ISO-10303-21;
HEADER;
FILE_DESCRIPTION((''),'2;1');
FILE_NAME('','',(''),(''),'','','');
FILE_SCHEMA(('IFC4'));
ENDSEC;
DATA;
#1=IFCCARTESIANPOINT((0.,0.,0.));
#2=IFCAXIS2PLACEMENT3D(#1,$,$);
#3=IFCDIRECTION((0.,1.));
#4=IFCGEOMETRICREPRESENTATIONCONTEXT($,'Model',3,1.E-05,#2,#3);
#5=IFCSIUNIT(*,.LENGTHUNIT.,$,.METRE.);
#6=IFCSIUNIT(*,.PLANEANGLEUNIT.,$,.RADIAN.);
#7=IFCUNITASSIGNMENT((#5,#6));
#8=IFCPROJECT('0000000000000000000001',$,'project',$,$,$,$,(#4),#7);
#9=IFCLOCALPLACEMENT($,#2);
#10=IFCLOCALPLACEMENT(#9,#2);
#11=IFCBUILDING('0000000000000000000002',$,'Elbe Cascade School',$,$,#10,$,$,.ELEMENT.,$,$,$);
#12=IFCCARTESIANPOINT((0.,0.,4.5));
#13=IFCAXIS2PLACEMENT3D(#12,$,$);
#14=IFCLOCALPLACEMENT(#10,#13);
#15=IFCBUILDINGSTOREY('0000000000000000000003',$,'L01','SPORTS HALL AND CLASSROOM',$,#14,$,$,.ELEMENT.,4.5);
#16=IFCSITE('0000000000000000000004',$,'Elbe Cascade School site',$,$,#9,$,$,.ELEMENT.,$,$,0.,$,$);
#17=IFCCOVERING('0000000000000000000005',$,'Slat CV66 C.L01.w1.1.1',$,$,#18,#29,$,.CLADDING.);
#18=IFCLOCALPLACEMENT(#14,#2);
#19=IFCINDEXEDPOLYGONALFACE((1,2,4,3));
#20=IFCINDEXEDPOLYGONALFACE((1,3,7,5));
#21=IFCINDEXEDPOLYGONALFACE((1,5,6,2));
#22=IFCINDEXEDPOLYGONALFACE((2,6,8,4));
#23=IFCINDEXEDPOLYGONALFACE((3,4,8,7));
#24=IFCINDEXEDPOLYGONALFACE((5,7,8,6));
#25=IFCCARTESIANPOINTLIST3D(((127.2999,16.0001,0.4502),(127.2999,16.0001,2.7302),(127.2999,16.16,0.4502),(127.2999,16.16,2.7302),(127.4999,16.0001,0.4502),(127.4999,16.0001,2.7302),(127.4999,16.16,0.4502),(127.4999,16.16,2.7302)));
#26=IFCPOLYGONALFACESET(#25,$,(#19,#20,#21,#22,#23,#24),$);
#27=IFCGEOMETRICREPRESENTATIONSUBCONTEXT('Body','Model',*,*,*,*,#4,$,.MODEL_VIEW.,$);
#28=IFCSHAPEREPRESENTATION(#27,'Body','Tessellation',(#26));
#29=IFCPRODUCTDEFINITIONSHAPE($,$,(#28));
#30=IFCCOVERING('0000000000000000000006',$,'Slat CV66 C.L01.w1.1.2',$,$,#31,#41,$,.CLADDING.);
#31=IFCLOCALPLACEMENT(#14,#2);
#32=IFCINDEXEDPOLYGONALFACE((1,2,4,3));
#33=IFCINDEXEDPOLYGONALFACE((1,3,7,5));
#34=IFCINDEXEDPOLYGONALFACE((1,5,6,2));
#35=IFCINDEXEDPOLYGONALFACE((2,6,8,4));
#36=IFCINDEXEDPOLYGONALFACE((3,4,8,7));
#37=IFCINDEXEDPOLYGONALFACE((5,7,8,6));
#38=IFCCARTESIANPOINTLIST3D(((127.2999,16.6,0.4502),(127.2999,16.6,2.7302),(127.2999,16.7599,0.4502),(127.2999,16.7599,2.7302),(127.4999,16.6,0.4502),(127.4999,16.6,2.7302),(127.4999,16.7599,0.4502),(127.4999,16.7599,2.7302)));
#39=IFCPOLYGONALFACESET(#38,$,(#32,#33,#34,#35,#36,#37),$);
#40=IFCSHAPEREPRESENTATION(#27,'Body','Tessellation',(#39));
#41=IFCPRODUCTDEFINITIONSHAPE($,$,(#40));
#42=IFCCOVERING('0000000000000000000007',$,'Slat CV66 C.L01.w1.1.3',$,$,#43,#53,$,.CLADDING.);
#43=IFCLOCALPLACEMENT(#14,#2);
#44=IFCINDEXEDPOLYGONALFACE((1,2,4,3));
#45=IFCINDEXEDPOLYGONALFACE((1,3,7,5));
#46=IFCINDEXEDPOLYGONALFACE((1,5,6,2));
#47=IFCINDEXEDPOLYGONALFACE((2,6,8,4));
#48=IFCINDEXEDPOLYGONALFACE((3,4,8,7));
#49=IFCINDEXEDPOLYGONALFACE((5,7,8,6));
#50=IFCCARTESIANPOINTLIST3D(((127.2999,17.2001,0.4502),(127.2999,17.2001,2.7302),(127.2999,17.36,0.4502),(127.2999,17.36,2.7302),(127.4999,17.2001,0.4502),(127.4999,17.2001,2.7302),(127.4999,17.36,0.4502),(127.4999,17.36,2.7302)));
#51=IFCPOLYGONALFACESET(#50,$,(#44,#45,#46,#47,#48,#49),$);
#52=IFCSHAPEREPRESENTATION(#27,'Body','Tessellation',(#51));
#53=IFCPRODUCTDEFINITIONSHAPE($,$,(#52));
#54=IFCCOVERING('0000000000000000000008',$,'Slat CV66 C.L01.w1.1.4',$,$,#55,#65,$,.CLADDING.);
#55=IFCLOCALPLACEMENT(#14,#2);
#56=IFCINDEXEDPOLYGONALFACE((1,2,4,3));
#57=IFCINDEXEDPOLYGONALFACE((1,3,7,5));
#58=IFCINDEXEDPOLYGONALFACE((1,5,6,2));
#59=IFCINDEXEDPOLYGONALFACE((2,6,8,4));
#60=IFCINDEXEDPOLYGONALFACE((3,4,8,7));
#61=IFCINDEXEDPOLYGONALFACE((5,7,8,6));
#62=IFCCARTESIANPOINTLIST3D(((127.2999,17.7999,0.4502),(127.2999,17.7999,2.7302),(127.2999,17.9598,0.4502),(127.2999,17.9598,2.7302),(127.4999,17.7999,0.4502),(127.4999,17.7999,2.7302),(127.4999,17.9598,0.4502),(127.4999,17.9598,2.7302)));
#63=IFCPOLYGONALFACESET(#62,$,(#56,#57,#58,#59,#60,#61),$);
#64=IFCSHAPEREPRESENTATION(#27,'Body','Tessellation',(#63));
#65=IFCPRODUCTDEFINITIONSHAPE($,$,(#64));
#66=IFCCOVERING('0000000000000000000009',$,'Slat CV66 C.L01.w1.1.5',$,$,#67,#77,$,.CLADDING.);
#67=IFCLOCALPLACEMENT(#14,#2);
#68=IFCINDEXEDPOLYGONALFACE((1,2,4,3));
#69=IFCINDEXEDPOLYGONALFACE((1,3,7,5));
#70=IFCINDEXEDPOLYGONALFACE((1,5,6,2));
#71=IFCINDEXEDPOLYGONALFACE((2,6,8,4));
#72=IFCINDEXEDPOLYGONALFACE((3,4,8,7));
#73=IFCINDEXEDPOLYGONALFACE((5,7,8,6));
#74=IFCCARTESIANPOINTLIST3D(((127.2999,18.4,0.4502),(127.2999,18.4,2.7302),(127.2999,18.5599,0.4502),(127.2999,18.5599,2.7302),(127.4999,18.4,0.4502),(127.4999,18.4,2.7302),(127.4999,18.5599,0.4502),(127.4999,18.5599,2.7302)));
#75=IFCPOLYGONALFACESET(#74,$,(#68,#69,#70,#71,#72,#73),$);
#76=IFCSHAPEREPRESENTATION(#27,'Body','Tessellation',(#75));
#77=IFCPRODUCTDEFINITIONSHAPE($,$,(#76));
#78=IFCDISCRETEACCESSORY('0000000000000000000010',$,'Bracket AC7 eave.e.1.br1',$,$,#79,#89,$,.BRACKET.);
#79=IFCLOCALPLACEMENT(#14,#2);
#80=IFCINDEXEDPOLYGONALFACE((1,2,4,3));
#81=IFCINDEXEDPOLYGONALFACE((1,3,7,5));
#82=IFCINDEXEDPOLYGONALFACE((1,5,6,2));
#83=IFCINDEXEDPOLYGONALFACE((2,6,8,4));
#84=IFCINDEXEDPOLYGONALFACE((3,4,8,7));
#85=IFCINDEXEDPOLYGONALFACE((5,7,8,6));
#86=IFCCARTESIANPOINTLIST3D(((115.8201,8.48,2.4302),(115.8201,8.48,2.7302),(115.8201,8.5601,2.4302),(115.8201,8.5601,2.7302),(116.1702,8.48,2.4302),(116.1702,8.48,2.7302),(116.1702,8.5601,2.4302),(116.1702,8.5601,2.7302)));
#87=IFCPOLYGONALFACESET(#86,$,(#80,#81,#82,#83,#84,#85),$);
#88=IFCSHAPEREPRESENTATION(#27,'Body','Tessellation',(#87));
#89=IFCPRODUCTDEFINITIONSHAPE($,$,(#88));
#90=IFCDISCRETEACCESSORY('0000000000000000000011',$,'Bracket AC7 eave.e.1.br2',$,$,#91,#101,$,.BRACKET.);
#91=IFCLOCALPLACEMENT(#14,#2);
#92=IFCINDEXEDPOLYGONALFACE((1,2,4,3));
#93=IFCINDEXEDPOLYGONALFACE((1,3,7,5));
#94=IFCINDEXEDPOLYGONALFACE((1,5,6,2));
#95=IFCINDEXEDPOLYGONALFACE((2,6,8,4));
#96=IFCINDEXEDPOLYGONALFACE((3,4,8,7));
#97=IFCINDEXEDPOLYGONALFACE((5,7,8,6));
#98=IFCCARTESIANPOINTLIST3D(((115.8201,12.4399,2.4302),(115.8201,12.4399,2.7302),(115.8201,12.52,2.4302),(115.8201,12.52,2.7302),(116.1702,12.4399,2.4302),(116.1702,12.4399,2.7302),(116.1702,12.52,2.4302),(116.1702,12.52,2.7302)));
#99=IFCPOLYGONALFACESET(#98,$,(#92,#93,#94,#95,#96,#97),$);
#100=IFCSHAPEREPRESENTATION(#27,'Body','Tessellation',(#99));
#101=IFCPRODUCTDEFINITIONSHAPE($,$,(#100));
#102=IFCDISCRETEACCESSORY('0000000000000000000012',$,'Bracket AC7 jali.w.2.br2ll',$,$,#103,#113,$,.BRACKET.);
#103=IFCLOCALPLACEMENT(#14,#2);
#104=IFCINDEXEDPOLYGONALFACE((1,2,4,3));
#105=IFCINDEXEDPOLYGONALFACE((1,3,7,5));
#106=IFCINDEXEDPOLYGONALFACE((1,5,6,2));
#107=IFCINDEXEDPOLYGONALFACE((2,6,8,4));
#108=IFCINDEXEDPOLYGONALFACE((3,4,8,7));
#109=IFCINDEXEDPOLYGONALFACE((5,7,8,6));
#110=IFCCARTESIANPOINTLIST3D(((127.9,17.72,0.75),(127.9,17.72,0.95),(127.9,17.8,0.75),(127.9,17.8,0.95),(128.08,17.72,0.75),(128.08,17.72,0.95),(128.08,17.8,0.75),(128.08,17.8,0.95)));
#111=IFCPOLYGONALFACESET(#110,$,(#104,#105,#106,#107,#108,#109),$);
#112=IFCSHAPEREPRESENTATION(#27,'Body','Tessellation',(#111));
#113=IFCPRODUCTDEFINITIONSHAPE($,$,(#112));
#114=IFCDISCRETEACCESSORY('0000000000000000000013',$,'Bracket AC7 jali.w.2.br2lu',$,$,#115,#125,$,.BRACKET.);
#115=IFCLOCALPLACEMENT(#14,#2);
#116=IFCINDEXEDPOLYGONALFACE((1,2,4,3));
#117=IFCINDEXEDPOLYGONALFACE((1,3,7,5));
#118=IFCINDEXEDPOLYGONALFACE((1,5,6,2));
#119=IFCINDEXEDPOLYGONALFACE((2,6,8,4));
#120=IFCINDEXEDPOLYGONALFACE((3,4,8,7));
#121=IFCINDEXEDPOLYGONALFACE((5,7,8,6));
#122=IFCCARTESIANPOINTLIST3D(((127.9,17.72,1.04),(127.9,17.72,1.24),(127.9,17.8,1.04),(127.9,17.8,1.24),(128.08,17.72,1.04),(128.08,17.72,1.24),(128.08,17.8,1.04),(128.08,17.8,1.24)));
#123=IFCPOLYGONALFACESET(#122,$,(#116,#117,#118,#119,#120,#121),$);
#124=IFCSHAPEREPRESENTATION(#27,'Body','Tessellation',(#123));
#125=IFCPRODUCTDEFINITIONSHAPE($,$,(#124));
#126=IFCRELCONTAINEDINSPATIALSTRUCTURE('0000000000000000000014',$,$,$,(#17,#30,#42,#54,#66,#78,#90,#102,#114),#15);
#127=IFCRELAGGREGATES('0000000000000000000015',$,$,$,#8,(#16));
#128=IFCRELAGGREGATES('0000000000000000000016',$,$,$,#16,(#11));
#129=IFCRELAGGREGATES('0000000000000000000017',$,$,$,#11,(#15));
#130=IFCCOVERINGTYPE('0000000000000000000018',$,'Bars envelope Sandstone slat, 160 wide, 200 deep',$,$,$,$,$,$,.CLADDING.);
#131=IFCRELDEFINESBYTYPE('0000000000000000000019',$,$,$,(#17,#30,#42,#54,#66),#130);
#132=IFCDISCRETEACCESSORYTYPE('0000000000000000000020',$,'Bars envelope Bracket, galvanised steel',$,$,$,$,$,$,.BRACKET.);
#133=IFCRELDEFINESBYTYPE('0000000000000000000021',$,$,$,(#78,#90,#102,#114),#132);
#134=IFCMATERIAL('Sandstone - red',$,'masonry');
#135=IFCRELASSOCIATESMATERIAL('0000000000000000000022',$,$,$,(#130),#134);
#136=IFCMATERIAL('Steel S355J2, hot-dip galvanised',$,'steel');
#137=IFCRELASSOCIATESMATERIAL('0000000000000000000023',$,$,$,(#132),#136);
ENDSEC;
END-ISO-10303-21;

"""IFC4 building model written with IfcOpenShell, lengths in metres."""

from ifc_helpers import new_model, si_unit, direction, frame, origin, origin_2d, place, context, subcontext, project, spatial, rectangle, extrude, material, type_object, element, save


model = new_model("IFC4")

# Units and contexts
model_context = context("Model", 3, precision=1e-05, world=origin(), true_north=direction((0.0, 1.0)))
body_context = subcontext(model_context, "Body", "Model", "MODEL_VIEW")
ifc_project = project(units=[si_unit("LENGTHUNIT", "METRE"), si_unit("PLANEANGLEUNIT", "RADIAN")], contexts=[model_context])

# Site, building, storey
site_placement = place(None, origin())
site = spatial("IfcSite", under=ifc_project, at=site_placement, Name="Elbe Cascade School site", CompositionType="ELEMENT", RefElevation=0.0)
building_placement = place(site_placement, origin())
building = spatial("IfcBuilding", under=site, at=building_placement, Name="Elbe Cascade School", CompositionType="ELEMENT")
storey_placement = place(building_placement, frame((0.0, 0.0, 4.5)))
storey = spatial("IfcBuildingStorey", under=building, at=storey_placement, Name="L01", Description="SPORTS HALL AND CLASSROOM", CompositionType="ELEMENT", Elevation=4.5)

# Coverings
ifc_material_1 = material(Name="Sandstone - red", Category="masonry")
covering_type_1 = type_object("IfcCoveringType", Name="Bars envelope Sandstone slat, 160 wide, 200 deep", PredefinedType="CLADDING", material=ifc_material_1)
for number, where, z_axis, x_axis, name in (
    (1, (127.3999, 16.0801, 0.4502), (0.0, 0.0, 1.0), (0.0, 1.0, 0.0), "Slat CV66 C.L01.w1.1.1"),
    (2, (127.3999, 16.6799, 0.4502), (0.0, 0.0, 1.0), (0.0, 1.0, 0.0), "Slat CV66 C.L01.w1.1.2"),
    (3, (127.3999, 17.28, 0.4502), (0.0, 0.0, 1.0), (0.0, 1.0, 0.0), "Slat CV66 C.L01.w1.1.3"),
    (4, (127.3999, 17.8799, 0.4502), (0.0, 0.0, 1.0), (0.0, 1.0, 0.0), "Slat CV66 C.L01.w1.1.4"),
    (5, (127.3999, 18.48, 0.4502), (0.0, 0.0, 1.0), (0.0, 1.0, 0.0), "Slat CV66 C.L01.w1.1.5"),
):
    element("IfcCovering", number, at=place(storey_placement, frame(where, z_axis=z_axis, x_axis=x_axis)), inside=storey, type_object=covering_type_1, Name=name, PredefinedType="CLADDING", context=body_context, shape_type="SweptSolid", body=[
        extrude(rectangle(XDim=0.1599, YDim=0.2, at=origin_2d()), origin(), (0.0, 0.0, 1.0), 2.28),
    ])

# Discrete accessories
ifc_material_2 = material(Name="Steel S355J2, hot-dip galvanised", Category="steel")
discrete_accessory_type = type_object("IfcDiscreteAccessoryType", Name="Bars envelope Bracket, galvanised steel", PredefinedType="BRACKET", material=ifc_material_2)
for number, where, z_axis, x_axis, name in (
    (6, (115.9951, 8.52, 2.4302), (0.0, 0.0, 1.0), (0.0, 1.0, 0.0), "Bracket AC7 eave.e.1.br1"),
    (7, (115.9951, 12.48, 2.4302), (0.0, 0.0, 1.0), (0.0, 1.0, 0.0), "Bracket AC7 eave.e.1.br2"),
):
    element("IfcDiscreteAccessory", number, at=place(storey_placement, frame(where, z_axis=z_axis, x_axis=x_axis)), inside=storey, type_object=discrete_accessory_type, Name=name, PredefinedType="BRACKET", context=body_context, shape_type="SweptSolid", body=[
        extrude(rectangle(XDim=0.0801, YDim=0.3501, at=origin_2d()), origin(), (0.0, 0.0, 1.0), 0.3),
    ])
for number, where, z_axis, x_axis, name in (
    (8, (127.99, 17.76, 0.75), (0.0, 0.0, 1.0), (0.0, 1.0, 0.0), "Bracket AC7 jali.w.2.br2ll"),
    (9, (127.99, 17.76, 1.04), (0.0, 0.0, 1.0), (0.0, 1.0, 0.0), "Bracket AC7 jali.w.2.br2lu"),
):
    element("IfcDiscreteAccessory", number, at=place(storey_placement, frame(where, z_axis=z_axis, x_axis=x_axis)), inside=storey, type_object=discrete_accessory_type, Name=name, PredefinedType="BRACKET", context=body_context, shape_type="SweptSolid", body=[
        extrude(rectangle(XDim=0.0801, YDim=0.1799, at=origin_2d()), origin(), (0.0, 0.0, 1.0), 0.2),
    ])

save(model, "model.ifc")
